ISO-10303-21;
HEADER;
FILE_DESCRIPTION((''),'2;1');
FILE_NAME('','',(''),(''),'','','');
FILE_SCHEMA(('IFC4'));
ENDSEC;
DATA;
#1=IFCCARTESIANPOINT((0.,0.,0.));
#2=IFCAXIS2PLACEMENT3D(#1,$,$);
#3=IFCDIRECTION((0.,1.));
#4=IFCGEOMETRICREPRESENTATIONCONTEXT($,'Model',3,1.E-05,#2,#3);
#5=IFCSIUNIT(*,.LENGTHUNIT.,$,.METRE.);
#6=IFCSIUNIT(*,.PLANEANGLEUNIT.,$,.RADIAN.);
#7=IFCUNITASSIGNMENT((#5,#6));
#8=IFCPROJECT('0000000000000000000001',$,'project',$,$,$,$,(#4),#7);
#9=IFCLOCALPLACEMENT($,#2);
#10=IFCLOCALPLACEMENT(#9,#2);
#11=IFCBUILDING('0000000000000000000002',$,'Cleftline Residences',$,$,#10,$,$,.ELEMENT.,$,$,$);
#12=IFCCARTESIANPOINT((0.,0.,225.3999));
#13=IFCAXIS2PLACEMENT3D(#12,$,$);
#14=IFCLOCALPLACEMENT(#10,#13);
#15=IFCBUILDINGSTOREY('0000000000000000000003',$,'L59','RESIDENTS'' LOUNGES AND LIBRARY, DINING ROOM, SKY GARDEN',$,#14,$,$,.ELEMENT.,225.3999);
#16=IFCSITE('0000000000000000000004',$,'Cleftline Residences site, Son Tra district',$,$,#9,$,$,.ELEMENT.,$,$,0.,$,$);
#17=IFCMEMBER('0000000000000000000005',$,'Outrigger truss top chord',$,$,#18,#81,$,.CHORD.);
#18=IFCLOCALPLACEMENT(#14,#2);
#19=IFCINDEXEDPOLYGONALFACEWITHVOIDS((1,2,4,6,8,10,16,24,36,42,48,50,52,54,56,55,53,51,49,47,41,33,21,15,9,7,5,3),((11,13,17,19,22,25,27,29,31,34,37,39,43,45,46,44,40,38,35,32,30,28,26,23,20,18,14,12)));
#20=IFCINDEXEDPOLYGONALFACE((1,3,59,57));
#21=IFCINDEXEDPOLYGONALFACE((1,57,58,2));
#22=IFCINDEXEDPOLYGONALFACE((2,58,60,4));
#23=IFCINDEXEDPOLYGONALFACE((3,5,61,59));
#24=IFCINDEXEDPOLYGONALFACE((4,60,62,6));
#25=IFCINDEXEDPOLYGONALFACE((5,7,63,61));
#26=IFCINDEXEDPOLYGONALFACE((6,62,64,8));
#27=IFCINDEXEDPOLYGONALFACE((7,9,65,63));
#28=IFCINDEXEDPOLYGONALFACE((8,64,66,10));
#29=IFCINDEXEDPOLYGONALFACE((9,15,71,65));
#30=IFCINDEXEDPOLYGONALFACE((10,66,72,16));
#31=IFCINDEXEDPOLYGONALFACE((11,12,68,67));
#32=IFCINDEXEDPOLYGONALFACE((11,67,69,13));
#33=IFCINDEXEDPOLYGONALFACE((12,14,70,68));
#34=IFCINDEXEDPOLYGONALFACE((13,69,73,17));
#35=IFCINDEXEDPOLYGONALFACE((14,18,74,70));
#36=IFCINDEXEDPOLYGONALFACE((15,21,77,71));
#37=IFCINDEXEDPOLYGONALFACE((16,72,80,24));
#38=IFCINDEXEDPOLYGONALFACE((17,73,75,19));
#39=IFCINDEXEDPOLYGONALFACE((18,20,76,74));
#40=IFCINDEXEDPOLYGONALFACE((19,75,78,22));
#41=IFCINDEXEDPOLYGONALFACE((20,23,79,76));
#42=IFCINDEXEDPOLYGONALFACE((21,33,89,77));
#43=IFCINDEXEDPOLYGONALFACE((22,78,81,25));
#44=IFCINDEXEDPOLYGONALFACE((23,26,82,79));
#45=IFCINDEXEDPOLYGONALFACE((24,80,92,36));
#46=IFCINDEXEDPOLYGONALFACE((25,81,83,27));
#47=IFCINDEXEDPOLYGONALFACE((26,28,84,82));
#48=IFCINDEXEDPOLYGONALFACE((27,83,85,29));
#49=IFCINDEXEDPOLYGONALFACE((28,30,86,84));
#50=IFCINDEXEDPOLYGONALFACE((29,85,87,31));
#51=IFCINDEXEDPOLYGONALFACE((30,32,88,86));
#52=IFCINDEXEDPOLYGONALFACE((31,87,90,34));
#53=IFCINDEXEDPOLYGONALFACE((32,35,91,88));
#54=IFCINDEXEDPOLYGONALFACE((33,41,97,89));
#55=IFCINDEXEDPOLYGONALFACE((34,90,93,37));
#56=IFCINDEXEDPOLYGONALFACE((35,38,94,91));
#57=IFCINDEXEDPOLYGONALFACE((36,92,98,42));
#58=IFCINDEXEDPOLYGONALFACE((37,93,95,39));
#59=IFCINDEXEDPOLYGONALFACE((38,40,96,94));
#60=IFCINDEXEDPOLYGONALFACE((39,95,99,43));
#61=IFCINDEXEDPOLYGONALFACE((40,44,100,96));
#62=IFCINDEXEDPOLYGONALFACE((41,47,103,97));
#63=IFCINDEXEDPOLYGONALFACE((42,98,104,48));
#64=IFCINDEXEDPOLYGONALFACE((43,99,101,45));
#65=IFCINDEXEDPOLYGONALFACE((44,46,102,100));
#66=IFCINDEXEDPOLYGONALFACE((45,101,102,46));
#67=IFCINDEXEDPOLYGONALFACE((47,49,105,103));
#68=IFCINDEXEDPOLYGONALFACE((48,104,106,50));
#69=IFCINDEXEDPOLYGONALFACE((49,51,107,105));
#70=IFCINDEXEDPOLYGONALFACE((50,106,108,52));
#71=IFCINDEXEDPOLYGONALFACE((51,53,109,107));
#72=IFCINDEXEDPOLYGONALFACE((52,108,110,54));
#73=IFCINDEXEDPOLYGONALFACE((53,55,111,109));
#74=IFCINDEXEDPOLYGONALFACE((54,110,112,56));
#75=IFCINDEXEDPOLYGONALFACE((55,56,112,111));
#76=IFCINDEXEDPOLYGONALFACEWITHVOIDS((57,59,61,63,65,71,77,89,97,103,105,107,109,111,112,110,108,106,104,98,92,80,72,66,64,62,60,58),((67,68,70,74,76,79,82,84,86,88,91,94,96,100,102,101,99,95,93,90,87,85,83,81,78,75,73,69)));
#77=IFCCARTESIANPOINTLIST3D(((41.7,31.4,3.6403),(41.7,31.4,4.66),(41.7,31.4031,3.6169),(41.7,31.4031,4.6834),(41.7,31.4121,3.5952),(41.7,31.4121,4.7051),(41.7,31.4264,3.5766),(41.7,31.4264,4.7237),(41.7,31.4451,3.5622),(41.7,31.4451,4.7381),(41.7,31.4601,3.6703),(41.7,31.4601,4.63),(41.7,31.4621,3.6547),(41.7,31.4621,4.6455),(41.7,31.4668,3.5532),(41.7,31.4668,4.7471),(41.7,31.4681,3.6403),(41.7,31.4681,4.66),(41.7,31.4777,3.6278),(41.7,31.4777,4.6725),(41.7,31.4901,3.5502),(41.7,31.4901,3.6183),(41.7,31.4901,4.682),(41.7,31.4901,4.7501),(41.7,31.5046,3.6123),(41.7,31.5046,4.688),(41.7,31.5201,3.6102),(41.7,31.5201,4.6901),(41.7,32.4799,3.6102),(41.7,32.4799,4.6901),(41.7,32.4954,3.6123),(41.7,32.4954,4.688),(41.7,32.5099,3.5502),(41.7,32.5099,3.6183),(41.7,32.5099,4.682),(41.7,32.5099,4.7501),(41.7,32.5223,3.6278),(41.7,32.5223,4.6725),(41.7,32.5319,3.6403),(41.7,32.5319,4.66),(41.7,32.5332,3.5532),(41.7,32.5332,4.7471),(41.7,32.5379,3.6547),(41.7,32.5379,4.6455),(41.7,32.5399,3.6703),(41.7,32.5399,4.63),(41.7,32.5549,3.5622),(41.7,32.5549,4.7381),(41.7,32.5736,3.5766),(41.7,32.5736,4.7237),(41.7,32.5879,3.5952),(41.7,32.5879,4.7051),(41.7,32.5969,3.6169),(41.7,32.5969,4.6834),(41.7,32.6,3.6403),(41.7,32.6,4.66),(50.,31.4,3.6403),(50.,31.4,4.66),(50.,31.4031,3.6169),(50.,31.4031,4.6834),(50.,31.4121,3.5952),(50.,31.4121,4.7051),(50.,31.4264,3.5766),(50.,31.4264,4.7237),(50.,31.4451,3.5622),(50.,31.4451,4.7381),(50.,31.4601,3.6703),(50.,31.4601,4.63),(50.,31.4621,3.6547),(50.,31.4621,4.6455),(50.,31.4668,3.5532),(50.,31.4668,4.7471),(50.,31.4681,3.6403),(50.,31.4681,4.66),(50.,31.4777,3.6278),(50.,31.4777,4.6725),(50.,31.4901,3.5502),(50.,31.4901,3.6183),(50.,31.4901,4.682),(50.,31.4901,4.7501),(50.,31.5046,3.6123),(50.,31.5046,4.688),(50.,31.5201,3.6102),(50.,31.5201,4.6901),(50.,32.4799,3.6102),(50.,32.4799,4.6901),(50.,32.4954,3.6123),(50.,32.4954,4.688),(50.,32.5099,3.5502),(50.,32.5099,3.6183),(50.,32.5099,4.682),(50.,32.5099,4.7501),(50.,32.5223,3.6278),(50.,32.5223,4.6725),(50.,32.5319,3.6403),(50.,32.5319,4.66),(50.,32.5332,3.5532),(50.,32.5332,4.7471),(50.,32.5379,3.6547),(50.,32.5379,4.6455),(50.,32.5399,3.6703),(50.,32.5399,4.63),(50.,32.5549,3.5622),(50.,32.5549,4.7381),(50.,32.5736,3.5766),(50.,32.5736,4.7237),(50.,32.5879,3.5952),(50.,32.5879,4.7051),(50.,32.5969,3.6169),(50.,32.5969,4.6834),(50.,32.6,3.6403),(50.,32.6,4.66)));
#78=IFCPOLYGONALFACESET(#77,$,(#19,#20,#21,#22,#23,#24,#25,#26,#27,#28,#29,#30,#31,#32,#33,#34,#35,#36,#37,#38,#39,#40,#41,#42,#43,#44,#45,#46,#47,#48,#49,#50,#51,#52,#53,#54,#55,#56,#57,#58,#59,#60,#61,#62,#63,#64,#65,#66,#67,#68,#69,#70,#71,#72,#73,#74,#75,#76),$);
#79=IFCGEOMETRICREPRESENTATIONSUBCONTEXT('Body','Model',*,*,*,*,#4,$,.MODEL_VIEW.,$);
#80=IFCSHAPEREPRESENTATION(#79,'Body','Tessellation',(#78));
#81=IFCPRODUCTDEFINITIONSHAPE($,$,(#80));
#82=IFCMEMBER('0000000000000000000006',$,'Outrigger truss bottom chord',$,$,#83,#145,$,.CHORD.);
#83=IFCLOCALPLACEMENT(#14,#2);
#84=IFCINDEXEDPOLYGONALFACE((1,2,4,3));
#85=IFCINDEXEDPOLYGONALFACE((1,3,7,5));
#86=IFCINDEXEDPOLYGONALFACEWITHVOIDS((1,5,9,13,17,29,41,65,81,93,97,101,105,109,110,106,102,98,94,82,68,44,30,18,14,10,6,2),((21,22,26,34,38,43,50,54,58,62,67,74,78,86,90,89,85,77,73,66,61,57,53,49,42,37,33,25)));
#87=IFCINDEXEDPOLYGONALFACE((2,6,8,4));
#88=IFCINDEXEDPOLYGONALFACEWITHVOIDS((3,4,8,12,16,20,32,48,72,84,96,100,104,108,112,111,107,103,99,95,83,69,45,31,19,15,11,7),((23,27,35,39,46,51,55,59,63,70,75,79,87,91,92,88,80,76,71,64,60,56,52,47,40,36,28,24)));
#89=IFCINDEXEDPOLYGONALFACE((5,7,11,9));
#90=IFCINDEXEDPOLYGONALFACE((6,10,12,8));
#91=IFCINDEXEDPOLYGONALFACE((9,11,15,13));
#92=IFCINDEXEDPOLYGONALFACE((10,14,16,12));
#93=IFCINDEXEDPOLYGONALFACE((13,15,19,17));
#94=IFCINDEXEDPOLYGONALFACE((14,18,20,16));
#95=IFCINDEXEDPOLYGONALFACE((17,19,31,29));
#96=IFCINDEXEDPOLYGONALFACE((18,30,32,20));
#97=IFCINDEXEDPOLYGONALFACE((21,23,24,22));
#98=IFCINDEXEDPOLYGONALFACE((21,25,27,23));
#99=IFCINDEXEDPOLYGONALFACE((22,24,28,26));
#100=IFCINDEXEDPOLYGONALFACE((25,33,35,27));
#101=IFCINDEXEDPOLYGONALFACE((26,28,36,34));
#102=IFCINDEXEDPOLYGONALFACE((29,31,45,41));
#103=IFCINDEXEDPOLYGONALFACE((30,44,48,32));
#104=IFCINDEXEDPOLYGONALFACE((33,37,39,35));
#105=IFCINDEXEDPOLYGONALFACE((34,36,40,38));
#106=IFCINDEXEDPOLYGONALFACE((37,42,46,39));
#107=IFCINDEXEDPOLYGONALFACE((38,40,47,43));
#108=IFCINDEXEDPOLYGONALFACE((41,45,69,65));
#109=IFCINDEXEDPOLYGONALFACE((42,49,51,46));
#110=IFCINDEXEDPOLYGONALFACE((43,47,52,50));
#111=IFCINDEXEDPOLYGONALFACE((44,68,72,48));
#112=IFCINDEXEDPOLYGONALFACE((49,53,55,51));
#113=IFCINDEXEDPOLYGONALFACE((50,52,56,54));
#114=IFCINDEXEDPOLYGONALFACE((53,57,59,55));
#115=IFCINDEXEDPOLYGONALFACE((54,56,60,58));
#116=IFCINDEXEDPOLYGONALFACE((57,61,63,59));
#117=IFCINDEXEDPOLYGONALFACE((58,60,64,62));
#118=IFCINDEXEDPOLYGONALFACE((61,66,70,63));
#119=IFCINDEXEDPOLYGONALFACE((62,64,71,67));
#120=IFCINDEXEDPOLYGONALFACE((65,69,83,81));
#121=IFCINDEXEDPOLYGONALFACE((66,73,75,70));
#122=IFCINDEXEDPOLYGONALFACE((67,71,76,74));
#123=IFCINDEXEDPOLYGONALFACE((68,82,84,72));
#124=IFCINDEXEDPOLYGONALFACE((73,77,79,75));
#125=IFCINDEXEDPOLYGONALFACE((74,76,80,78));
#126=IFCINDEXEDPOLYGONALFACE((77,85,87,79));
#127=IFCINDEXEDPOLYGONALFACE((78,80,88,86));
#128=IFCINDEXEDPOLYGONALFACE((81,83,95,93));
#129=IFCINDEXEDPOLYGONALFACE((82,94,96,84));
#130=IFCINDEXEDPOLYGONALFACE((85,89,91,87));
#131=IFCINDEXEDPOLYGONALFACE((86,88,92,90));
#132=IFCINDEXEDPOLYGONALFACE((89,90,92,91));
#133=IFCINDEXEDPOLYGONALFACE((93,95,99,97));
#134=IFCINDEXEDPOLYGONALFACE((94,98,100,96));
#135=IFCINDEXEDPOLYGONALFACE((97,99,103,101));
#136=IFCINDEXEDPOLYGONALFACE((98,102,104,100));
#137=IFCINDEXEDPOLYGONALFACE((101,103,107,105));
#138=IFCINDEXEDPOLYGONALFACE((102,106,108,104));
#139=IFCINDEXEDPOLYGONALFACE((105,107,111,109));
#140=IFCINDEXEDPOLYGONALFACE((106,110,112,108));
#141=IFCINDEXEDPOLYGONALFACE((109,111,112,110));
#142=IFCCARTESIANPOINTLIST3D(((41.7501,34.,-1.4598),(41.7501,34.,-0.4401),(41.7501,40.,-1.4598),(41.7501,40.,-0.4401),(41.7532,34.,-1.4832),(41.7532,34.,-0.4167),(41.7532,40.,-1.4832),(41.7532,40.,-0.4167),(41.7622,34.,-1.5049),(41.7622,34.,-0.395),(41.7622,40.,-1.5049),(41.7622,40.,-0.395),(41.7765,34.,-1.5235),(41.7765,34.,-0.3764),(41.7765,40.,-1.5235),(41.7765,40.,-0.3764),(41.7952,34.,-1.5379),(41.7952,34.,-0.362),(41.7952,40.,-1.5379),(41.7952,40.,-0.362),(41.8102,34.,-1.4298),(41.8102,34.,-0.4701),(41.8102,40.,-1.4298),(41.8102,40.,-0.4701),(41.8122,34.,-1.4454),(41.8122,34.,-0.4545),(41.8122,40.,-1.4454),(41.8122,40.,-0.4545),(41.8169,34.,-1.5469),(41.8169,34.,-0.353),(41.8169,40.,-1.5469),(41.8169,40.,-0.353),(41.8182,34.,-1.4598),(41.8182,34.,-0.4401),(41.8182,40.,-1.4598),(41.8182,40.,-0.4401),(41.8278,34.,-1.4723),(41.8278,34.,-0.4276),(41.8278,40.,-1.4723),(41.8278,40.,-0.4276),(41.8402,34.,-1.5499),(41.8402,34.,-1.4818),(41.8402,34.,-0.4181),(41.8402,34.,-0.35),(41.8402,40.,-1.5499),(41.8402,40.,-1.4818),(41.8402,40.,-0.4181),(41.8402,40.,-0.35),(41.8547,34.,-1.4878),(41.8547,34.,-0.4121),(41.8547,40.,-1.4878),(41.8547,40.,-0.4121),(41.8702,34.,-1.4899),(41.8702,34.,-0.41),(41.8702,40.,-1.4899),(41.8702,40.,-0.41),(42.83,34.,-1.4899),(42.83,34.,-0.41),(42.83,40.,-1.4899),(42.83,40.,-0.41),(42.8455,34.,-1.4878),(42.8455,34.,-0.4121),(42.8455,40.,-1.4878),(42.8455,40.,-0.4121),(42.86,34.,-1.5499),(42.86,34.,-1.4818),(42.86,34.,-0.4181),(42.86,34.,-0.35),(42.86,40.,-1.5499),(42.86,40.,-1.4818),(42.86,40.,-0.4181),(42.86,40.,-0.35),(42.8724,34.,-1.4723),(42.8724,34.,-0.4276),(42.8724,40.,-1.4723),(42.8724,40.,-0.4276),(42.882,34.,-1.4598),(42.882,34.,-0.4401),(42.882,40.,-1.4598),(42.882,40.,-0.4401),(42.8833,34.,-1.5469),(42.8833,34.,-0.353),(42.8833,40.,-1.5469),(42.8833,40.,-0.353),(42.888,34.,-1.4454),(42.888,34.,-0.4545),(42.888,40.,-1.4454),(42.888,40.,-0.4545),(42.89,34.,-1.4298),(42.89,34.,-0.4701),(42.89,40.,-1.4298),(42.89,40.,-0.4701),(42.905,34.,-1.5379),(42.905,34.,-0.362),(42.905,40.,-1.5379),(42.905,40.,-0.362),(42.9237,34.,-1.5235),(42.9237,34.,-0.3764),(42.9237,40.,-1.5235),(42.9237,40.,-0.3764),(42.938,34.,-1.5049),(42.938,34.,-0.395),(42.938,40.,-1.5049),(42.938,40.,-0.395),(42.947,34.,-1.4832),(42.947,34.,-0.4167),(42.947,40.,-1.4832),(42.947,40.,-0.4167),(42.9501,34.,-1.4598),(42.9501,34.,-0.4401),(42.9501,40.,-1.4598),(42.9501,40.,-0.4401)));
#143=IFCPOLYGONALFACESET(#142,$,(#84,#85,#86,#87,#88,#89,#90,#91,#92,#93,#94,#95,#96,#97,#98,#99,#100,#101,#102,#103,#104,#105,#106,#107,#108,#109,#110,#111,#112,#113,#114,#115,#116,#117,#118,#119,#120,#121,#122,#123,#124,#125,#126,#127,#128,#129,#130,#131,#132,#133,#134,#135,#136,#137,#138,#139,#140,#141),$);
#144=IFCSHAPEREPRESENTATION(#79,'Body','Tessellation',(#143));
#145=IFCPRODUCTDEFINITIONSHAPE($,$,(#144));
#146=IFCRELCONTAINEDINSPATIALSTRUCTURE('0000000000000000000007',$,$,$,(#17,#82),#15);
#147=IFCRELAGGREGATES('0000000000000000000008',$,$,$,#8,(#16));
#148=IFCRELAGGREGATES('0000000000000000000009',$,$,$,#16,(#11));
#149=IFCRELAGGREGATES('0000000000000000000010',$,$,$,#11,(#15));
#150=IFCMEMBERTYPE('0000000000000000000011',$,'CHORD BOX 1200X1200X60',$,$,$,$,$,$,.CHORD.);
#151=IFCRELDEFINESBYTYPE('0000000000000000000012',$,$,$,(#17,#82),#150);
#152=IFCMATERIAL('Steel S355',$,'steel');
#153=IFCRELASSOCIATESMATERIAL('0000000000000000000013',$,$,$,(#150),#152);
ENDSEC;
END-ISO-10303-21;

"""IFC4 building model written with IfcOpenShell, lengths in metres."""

from ifc_helpers import new_model, si_unit, direction, frame, origin, origin_2d, place, context, subcontext, project, spatial, hollow_rectangle, extrude, material, material_profile, profile_set, type_object, element, save


model = new_model("IFC4")

# Units and contexts
model_context = context("Model", 3, precision=1e-05, world=origin(), true_north=direction((0.0, 1.0)))
body_context = subcontext(model_context, "Body", "Model", "MODEL_VIEW")
ifc_project = project(units=[si_unit("LENGTHUNIT", "METRE"), si_unit("PLANEANGLEUNIT", "RADIAN")], contexts=[model_context])

# Site, building, storey
site_placement = place(None, origin())
site = spatial("IfcSite", under=ifc_project, at=site_placement, Name="Cleftline Residences site, Son Tra district", CompositionType="ELEMENT", RefElevation=0.0)
building_placement = place(site_placement, origin())
building = spatial("IfcBuilding", under=site, at=building_placement, Name="Cleftline Residences", CompositionType="ELEMENT")
storey_placement = place(building_placement, frame((0.0, 0.0, 225.3999)))
storey = spatial("IfcBuildingStorey", under=building, at=storey_placement, Name="L59", Description="RESIDENTS' LOUNGES AND LIBRARY, DINING ROOM, SKY GARDEN", CompositionType="ELEMENT", Elevation=225.3999)

# Members
ifc_material_1 = material(Name="Steel S355", Category="steel")
ifc_material_profile_1 = material_profile(ifc_material_1, hollow_rectangle(XDim=1.2, YDim=1.2, WallThickness=0.0601, InnerFilletRadius=0.0601, OuterFilletRadius=0.0901, at=origin_2d()))
ifc_profile_set_1 = profile_set([ifc_material_profile_1], Name="Steel S355")
member_type_1 = type_object("IfcMemberType", Name="CHORD BOX 1200X1200X60", PredefinedType="CHORD", material=ifc_profile_set_1)
for number, where, z_axis, x_axis, name in (
    (1, (41.7, 32.0, 4.1501), (1.0, 0.0, 0.0), (0.0, 1.0, 0.0), "Outrigger truss top chord"),
):
    element("IfcMember", number, at=place(storey_placement, frame(where, z_axis=z_axis, x_axis=x_axis)), inside=storey, type_object=member_type_1, Name=name, PredefinedType="CHORD", context=body_context, shape_type="SweptSolid", body=[
        extrude(hollow_rectangle(XDim=1.2, YDim=1.2, WallThickness=0.0601, InnerFilletRadius=0.0601, OuterFilletRadius=0.0901, at=origin_2d()), origin(), (0.0, 0.0, 1.0), 8.3),
    ])
for number, where, z_axis, x_axis, name in (
    (2, (42.3501, 40.0, -0.95), (0.0, -1.0, 0.0), (1.0, 0.0, 0.0), "Outrigger truss bottom chord"),
):
    element("IfcMember", number, at=place(storey_placement, frame(where, z_axis=z_axis, x_axis=x_axis)), inside=storey, type_object=member_type_1, Name=name, PredefinedType="CHORD", context=body_context, shape_type="SweptSolid", body=[
        extrude(hollow_rectangle(XDim=1.2, YDim=1.2, WallThickness=0.0601, InnerFilletRadius=0.0601, OuterFilletRadius=0.0901, at=origin_2d()), origin(), (0.0, 0.0, 1.0), 6.0),
    ])

save(model, "model.ifc")
